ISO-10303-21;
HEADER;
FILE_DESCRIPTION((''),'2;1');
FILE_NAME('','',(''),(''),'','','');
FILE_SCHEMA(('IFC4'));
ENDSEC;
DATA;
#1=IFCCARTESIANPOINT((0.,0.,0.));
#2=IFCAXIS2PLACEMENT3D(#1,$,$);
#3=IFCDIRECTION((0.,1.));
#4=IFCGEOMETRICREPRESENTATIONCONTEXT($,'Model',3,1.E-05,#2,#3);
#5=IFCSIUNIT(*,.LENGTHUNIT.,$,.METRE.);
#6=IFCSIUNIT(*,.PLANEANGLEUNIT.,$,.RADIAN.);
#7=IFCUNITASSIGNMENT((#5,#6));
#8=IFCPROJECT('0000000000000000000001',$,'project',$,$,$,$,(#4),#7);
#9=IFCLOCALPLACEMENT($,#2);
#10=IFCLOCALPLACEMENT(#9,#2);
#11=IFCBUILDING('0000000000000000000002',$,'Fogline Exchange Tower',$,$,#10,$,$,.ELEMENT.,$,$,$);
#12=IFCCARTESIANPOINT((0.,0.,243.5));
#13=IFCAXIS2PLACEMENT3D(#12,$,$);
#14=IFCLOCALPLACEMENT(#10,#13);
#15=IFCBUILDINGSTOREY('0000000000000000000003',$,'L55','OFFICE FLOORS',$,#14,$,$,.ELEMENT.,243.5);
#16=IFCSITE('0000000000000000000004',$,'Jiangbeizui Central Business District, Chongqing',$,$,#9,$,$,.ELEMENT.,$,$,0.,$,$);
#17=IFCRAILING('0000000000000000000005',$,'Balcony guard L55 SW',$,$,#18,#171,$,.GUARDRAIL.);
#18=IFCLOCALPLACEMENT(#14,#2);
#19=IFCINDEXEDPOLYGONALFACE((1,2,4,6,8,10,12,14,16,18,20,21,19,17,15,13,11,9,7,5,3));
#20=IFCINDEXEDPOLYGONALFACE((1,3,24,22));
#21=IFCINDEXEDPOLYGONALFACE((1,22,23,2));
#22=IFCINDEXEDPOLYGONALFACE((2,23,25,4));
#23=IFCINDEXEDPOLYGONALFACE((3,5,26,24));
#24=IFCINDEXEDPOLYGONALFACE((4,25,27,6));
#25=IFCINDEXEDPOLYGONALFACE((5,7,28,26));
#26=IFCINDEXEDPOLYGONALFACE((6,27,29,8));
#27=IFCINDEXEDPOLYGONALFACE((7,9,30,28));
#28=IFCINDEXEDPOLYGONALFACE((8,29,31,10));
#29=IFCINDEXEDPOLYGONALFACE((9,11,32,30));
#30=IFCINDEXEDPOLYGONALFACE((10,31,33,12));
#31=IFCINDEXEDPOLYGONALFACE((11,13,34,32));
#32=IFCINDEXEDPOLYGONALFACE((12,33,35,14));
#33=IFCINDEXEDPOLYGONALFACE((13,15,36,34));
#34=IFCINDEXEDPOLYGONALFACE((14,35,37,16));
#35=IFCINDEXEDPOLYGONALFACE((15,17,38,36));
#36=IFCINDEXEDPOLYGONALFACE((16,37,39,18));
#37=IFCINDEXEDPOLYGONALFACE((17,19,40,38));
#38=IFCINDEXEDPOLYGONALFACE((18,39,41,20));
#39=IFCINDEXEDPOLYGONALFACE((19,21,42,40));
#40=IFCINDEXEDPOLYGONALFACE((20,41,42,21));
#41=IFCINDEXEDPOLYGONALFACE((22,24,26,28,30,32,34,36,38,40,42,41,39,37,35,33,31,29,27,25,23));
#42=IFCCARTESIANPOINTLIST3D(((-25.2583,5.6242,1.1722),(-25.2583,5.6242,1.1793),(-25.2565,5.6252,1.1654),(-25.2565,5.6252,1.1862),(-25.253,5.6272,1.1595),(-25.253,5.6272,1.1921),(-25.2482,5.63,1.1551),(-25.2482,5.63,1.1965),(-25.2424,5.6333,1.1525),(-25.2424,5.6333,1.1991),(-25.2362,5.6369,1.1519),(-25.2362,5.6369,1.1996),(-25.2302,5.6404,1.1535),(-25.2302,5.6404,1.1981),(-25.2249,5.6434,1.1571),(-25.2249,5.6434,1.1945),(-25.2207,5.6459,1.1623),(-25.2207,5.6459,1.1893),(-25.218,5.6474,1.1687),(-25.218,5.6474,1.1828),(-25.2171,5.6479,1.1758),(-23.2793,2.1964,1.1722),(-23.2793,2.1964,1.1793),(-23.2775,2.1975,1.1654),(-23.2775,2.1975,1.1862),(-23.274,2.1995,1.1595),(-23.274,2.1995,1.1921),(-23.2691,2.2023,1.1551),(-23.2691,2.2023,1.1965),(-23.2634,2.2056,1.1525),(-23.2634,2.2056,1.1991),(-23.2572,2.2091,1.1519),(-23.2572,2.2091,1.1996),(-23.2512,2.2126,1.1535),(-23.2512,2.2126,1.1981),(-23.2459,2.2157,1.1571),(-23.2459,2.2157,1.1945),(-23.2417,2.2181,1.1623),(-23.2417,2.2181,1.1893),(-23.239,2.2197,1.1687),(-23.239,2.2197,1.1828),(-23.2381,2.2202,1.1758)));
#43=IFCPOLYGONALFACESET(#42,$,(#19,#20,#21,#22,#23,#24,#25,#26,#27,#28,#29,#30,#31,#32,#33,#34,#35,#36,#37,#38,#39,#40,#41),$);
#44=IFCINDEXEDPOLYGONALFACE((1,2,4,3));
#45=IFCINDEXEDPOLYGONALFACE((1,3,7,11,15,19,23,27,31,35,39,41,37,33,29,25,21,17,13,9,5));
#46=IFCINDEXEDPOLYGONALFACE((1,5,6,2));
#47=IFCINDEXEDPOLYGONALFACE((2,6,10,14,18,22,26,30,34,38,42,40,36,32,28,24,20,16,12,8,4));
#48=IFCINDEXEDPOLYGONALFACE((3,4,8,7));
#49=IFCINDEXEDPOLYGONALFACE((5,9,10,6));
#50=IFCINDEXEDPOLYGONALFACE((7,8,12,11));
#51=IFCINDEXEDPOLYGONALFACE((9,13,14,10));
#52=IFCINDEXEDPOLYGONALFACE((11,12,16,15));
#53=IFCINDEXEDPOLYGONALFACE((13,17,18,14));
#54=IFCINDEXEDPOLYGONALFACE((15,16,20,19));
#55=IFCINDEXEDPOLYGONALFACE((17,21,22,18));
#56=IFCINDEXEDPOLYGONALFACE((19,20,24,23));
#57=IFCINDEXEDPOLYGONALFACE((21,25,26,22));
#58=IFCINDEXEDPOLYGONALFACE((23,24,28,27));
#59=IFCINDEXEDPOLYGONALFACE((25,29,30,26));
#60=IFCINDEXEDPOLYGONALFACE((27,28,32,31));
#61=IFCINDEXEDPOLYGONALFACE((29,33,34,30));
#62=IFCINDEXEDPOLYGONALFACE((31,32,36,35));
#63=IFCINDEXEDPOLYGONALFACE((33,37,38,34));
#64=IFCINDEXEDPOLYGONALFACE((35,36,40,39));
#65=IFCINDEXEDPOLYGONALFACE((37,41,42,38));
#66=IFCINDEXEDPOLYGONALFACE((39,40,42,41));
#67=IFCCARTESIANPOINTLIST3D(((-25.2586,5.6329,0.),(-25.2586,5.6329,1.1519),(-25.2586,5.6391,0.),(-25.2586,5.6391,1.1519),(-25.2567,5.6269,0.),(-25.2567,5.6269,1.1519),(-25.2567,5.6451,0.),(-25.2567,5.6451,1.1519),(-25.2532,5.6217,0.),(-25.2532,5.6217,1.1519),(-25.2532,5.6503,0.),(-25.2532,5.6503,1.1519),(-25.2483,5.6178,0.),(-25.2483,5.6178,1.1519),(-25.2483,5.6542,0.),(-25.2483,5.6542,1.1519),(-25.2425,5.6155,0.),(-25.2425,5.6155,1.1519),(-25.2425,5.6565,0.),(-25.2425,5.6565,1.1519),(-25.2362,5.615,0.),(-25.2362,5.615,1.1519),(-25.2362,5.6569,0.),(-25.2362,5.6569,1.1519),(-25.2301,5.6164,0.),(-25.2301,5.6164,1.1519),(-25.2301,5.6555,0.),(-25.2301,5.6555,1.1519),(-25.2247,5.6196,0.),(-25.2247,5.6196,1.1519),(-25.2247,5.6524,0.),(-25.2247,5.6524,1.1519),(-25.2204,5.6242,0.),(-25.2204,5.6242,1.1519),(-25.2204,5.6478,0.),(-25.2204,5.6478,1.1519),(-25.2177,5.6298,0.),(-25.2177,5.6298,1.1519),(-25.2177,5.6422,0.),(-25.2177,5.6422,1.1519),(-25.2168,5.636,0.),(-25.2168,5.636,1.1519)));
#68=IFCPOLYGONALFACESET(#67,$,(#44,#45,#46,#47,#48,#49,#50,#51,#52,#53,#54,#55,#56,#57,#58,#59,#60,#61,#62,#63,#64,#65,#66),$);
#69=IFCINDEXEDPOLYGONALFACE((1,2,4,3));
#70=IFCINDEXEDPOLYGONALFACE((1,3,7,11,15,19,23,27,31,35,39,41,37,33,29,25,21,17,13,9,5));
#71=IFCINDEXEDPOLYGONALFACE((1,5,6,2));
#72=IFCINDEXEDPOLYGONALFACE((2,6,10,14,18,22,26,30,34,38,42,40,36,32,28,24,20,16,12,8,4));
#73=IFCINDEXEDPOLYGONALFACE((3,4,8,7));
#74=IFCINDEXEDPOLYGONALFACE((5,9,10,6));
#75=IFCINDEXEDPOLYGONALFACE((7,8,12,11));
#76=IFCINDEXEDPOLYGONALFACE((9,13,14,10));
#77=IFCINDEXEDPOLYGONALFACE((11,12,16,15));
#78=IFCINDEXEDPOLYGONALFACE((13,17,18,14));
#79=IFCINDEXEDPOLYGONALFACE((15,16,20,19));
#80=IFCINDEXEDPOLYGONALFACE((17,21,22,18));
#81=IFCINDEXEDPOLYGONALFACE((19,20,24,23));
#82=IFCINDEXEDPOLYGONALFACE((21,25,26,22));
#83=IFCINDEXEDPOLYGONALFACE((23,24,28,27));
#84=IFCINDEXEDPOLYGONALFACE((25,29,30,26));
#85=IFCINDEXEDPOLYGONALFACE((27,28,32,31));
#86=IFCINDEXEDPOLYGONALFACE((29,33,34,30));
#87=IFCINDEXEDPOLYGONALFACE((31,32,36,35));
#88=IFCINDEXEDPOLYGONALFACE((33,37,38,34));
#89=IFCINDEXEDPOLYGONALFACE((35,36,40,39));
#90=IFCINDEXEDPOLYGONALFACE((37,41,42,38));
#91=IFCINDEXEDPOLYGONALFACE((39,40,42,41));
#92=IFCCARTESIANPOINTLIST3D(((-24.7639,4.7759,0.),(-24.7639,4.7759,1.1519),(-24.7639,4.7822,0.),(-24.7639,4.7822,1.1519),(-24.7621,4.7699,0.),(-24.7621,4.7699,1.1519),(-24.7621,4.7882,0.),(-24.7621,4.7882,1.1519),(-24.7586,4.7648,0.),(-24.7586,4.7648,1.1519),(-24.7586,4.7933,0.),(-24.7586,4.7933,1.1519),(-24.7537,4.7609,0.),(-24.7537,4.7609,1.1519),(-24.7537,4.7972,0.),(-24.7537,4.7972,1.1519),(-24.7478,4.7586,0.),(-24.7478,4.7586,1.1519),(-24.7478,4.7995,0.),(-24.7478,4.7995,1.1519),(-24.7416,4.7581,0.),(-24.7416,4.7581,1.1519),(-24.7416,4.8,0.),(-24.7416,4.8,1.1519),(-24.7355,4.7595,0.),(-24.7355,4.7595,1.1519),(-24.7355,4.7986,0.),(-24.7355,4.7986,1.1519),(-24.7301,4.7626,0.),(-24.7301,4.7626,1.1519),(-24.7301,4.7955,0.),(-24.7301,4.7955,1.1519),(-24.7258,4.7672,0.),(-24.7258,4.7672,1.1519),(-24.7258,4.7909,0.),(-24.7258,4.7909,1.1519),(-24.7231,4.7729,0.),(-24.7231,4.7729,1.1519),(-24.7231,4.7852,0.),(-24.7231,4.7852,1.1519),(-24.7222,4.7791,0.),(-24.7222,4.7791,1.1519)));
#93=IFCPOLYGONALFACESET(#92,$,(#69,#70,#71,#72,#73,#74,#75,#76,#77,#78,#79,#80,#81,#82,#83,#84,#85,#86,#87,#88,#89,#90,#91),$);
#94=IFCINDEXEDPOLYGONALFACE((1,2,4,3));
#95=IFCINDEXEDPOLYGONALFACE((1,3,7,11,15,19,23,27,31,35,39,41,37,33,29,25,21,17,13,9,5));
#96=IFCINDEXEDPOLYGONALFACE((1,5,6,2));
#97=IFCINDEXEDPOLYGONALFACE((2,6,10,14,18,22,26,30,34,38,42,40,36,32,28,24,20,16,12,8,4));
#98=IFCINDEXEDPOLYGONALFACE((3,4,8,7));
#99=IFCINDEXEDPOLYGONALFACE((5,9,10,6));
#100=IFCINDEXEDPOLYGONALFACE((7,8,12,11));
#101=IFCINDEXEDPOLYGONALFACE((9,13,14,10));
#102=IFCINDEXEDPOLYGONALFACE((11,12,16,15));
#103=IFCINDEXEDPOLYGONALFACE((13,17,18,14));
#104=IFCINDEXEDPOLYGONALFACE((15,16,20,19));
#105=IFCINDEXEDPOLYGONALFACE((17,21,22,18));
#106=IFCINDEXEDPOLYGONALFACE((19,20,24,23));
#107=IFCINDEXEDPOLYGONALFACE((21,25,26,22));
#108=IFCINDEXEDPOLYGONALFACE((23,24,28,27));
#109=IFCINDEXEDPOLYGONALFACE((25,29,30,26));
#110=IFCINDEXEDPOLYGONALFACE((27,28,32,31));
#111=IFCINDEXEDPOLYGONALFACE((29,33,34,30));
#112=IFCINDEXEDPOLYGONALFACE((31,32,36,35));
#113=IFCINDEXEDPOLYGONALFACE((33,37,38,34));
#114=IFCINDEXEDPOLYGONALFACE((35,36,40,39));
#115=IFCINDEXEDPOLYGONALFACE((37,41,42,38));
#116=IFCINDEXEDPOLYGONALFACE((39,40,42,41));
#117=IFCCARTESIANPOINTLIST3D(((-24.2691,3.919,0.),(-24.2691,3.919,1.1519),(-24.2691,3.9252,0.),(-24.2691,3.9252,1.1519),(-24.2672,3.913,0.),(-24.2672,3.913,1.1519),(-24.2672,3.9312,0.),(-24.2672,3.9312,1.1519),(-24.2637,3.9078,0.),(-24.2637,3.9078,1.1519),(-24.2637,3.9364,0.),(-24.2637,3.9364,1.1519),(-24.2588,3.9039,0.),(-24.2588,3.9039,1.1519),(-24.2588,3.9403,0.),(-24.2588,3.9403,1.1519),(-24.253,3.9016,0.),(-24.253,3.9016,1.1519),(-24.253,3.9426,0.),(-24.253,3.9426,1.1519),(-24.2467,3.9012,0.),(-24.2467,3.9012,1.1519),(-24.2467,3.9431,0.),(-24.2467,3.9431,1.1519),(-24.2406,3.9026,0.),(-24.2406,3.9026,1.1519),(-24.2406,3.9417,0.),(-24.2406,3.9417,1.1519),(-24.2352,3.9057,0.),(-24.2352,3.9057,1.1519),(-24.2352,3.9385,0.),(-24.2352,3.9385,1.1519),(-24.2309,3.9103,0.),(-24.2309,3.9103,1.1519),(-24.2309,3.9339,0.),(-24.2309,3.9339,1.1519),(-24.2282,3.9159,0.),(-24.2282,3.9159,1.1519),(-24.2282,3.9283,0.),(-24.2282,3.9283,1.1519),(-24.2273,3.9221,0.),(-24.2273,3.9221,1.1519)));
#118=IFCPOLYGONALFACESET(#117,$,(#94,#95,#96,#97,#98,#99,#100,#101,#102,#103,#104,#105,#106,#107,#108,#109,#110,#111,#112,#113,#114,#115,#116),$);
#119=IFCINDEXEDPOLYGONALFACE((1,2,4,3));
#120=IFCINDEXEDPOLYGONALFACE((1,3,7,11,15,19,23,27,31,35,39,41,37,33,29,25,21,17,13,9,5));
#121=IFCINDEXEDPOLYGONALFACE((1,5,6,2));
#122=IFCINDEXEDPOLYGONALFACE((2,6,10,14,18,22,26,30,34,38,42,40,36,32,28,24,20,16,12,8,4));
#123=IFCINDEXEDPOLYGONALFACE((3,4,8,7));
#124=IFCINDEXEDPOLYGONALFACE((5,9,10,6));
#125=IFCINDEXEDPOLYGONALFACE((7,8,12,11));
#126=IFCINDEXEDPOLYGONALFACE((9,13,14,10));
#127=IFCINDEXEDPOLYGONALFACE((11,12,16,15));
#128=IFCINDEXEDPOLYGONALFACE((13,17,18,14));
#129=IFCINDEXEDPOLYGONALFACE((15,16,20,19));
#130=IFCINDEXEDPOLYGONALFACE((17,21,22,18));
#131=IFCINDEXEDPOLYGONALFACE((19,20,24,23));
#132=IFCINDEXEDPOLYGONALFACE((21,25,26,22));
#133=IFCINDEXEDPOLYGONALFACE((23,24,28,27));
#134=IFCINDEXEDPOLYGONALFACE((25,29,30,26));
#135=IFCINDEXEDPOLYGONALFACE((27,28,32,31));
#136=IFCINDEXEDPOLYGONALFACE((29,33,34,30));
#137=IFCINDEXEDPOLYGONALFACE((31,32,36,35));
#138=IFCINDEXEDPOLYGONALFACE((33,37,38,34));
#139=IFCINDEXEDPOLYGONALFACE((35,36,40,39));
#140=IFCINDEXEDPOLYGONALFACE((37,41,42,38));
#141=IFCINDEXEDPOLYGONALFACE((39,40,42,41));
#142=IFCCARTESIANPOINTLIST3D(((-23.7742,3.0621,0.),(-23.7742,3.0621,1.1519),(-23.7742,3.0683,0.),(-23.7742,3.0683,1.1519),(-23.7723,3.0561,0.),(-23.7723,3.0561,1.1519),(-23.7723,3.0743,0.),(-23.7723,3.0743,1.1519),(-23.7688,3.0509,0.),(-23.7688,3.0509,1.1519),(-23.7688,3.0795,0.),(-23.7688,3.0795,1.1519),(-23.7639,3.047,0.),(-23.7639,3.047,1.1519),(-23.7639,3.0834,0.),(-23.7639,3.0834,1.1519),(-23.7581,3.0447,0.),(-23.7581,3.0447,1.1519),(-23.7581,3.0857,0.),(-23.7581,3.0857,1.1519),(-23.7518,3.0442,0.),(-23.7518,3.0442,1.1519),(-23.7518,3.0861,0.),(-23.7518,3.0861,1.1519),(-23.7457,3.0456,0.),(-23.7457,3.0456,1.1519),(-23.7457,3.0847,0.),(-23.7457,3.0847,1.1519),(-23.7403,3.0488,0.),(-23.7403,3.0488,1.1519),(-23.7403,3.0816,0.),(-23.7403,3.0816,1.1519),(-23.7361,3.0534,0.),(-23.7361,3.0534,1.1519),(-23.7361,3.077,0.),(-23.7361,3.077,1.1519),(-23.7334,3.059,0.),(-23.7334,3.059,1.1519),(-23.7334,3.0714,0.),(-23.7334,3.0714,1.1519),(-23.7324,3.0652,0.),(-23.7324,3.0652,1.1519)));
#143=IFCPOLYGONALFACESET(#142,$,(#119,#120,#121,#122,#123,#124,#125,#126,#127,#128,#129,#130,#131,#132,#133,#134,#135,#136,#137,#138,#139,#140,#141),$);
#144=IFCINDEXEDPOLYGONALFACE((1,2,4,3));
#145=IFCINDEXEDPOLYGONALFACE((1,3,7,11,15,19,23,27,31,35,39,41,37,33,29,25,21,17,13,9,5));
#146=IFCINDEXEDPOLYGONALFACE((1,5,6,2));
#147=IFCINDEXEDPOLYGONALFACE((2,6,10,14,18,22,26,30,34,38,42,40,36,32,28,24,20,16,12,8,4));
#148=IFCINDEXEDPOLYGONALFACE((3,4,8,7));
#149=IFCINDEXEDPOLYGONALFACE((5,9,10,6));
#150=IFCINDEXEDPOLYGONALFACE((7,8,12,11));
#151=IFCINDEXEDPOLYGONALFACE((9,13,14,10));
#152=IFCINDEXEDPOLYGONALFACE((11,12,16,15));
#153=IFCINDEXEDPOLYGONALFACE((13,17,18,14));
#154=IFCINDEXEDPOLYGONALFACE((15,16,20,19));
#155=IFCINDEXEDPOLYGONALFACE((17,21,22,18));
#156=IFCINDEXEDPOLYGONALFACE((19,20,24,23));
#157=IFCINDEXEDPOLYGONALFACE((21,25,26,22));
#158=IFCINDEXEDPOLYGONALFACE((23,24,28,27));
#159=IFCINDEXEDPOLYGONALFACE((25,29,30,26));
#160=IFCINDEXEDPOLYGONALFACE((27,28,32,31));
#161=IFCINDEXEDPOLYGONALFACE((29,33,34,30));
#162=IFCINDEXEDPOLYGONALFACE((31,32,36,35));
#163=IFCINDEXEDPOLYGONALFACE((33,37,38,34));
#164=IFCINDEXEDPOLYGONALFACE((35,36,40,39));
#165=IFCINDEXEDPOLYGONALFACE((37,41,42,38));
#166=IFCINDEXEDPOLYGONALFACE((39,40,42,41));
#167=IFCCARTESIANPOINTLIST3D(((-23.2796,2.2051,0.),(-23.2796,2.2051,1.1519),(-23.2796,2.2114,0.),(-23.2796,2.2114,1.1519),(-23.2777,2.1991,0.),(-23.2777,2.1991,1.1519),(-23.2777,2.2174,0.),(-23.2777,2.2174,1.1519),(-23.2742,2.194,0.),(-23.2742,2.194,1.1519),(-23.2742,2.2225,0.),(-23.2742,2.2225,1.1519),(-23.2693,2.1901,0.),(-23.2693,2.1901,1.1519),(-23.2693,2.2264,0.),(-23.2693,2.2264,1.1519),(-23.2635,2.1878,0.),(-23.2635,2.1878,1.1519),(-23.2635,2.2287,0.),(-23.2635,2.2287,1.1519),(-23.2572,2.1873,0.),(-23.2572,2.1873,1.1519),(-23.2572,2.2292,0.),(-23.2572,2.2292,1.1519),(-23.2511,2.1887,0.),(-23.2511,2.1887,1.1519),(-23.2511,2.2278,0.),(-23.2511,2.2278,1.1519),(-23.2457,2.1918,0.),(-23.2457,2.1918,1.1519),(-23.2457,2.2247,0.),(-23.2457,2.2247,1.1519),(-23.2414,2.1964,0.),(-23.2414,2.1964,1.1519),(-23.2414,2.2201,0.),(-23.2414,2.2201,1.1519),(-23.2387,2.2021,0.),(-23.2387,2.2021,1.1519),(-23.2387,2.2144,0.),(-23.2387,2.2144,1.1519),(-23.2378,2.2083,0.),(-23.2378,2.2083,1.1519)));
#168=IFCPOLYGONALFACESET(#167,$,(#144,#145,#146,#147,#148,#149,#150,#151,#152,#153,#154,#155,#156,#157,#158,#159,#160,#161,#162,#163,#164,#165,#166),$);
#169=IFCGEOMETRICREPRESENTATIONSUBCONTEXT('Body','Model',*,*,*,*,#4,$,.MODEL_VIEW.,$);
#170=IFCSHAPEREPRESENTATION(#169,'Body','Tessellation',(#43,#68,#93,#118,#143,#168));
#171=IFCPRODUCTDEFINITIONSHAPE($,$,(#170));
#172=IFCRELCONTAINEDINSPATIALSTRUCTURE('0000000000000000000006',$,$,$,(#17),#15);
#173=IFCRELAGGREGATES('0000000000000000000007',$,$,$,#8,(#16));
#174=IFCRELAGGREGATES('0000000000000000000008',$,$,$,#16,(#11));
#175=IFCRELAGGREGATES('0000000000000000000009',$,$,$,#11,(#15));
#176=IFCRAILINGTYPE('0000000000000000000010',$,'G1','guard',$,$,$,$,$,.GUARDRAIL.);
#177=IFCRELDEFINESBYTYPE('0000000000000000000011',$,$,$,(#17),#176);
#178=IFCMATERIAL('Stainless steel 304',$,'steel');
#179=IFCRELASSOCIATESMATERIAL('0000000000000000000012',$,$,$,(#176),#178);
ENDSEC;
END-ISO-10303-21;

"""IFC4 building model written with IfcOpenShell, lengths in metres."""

from ifc_helpers import new_model, si_unit, direction, frame, origin, origin_2d, place, context, subcontext, project, spatial, circle, extrude, material, type_object, element, save


model = new_model("IFC4")

# Units and contexts
model_context = context("Model", 3, precision=1e-05, world=origin(), true_north=direction((0.0, 1.0)))
body_context = subcontext(model_context, "Body", "Model", "MODEL_VIEW")
ifc_project = project(units=[si_unit("LENGTHUNIT", "METRE"), si_unit("PLANEANGLEUNIT", "RADIAN")], contexts=[model_context])

# Site, building, storey
site_placement = place(None, origin())
site = spatial("IfcSite", under=ifc_project, at=site_placement, Name="Jiangbeizui Central Business District, Chongqing", CompositionType="ELEMENT", RefElevation=0.0)
building_placement = place(site_placement, origin())
building = spatial("IfcBuilding", under=site, at=building_placement, Name="Fogline Exchange Tower", CompositionType="ELEMENT")
storey_placement = place(building_placement, frame((0.0, 0.0, 243.5)))
storey = spatial("IfcBuildingStorey", under=building, at=storey_placement, Name="L55", Description="OFFICE FLOORS", CompositionType="ELEMENT", Elevation=243.5)

# Railing
ifc_material_1 = material(Name="Stainless steel 304", Category="steel")
railing_type = type_object("IfcRailingType", Name="G1", Description="guard", PredefinedType="GUARDRAIL", material=ifc_material_1)
railing_placement = place(storey_placement, frame((-25.2378, 5.636, 0.0)))
element("IfcRailing", 1, at=railing_placement, inside=storey, type_object=railing_type, Name="Balcony guard L55 SW", PredefinedType="GUARDRAIL", context=body_context, shape_type="SweptSolid", body=[
    extrude(circle(Radius=0.0239, at=origin_2d()), frame((0.0, 0.0, 1.1758), z_axis=(0.5, -0.866025, 0.0), x_axis=(0.866025, 0.5, 0.0)), (0.0, 0.0, 1.0), 3.958),
    extrude(circle(Radius=0.021, at=origin_2d()), origin(), (0.0, 0.0, 1.0), 1.1519),
    extrude(circle(Radius=0.021, at=origin_2d()), frame((0.4946, -0.8569, 0.0)), (0.0, 0.0, 1.0), 1.1519),
    extrude(circle(Radius=0.021, at=origin_2d()), frame((0.9895, -1.7139, 0.0)), (0.0, 0.0, 1.0), 1.1519),
    extrude(circle(Radius=0.021, at=origin_2d()), frame((1.4844, -2.5708, 0.0)), (0.0, 0.0, 1.0), 1.1519),
    extrude(circle(Radius=0.021, at=origin_2d()), frame((1.979, -3.4277, 0.0)), (0.0, 0.0, 1.0), 1.1519),
])

save(model, "model.ifc")
